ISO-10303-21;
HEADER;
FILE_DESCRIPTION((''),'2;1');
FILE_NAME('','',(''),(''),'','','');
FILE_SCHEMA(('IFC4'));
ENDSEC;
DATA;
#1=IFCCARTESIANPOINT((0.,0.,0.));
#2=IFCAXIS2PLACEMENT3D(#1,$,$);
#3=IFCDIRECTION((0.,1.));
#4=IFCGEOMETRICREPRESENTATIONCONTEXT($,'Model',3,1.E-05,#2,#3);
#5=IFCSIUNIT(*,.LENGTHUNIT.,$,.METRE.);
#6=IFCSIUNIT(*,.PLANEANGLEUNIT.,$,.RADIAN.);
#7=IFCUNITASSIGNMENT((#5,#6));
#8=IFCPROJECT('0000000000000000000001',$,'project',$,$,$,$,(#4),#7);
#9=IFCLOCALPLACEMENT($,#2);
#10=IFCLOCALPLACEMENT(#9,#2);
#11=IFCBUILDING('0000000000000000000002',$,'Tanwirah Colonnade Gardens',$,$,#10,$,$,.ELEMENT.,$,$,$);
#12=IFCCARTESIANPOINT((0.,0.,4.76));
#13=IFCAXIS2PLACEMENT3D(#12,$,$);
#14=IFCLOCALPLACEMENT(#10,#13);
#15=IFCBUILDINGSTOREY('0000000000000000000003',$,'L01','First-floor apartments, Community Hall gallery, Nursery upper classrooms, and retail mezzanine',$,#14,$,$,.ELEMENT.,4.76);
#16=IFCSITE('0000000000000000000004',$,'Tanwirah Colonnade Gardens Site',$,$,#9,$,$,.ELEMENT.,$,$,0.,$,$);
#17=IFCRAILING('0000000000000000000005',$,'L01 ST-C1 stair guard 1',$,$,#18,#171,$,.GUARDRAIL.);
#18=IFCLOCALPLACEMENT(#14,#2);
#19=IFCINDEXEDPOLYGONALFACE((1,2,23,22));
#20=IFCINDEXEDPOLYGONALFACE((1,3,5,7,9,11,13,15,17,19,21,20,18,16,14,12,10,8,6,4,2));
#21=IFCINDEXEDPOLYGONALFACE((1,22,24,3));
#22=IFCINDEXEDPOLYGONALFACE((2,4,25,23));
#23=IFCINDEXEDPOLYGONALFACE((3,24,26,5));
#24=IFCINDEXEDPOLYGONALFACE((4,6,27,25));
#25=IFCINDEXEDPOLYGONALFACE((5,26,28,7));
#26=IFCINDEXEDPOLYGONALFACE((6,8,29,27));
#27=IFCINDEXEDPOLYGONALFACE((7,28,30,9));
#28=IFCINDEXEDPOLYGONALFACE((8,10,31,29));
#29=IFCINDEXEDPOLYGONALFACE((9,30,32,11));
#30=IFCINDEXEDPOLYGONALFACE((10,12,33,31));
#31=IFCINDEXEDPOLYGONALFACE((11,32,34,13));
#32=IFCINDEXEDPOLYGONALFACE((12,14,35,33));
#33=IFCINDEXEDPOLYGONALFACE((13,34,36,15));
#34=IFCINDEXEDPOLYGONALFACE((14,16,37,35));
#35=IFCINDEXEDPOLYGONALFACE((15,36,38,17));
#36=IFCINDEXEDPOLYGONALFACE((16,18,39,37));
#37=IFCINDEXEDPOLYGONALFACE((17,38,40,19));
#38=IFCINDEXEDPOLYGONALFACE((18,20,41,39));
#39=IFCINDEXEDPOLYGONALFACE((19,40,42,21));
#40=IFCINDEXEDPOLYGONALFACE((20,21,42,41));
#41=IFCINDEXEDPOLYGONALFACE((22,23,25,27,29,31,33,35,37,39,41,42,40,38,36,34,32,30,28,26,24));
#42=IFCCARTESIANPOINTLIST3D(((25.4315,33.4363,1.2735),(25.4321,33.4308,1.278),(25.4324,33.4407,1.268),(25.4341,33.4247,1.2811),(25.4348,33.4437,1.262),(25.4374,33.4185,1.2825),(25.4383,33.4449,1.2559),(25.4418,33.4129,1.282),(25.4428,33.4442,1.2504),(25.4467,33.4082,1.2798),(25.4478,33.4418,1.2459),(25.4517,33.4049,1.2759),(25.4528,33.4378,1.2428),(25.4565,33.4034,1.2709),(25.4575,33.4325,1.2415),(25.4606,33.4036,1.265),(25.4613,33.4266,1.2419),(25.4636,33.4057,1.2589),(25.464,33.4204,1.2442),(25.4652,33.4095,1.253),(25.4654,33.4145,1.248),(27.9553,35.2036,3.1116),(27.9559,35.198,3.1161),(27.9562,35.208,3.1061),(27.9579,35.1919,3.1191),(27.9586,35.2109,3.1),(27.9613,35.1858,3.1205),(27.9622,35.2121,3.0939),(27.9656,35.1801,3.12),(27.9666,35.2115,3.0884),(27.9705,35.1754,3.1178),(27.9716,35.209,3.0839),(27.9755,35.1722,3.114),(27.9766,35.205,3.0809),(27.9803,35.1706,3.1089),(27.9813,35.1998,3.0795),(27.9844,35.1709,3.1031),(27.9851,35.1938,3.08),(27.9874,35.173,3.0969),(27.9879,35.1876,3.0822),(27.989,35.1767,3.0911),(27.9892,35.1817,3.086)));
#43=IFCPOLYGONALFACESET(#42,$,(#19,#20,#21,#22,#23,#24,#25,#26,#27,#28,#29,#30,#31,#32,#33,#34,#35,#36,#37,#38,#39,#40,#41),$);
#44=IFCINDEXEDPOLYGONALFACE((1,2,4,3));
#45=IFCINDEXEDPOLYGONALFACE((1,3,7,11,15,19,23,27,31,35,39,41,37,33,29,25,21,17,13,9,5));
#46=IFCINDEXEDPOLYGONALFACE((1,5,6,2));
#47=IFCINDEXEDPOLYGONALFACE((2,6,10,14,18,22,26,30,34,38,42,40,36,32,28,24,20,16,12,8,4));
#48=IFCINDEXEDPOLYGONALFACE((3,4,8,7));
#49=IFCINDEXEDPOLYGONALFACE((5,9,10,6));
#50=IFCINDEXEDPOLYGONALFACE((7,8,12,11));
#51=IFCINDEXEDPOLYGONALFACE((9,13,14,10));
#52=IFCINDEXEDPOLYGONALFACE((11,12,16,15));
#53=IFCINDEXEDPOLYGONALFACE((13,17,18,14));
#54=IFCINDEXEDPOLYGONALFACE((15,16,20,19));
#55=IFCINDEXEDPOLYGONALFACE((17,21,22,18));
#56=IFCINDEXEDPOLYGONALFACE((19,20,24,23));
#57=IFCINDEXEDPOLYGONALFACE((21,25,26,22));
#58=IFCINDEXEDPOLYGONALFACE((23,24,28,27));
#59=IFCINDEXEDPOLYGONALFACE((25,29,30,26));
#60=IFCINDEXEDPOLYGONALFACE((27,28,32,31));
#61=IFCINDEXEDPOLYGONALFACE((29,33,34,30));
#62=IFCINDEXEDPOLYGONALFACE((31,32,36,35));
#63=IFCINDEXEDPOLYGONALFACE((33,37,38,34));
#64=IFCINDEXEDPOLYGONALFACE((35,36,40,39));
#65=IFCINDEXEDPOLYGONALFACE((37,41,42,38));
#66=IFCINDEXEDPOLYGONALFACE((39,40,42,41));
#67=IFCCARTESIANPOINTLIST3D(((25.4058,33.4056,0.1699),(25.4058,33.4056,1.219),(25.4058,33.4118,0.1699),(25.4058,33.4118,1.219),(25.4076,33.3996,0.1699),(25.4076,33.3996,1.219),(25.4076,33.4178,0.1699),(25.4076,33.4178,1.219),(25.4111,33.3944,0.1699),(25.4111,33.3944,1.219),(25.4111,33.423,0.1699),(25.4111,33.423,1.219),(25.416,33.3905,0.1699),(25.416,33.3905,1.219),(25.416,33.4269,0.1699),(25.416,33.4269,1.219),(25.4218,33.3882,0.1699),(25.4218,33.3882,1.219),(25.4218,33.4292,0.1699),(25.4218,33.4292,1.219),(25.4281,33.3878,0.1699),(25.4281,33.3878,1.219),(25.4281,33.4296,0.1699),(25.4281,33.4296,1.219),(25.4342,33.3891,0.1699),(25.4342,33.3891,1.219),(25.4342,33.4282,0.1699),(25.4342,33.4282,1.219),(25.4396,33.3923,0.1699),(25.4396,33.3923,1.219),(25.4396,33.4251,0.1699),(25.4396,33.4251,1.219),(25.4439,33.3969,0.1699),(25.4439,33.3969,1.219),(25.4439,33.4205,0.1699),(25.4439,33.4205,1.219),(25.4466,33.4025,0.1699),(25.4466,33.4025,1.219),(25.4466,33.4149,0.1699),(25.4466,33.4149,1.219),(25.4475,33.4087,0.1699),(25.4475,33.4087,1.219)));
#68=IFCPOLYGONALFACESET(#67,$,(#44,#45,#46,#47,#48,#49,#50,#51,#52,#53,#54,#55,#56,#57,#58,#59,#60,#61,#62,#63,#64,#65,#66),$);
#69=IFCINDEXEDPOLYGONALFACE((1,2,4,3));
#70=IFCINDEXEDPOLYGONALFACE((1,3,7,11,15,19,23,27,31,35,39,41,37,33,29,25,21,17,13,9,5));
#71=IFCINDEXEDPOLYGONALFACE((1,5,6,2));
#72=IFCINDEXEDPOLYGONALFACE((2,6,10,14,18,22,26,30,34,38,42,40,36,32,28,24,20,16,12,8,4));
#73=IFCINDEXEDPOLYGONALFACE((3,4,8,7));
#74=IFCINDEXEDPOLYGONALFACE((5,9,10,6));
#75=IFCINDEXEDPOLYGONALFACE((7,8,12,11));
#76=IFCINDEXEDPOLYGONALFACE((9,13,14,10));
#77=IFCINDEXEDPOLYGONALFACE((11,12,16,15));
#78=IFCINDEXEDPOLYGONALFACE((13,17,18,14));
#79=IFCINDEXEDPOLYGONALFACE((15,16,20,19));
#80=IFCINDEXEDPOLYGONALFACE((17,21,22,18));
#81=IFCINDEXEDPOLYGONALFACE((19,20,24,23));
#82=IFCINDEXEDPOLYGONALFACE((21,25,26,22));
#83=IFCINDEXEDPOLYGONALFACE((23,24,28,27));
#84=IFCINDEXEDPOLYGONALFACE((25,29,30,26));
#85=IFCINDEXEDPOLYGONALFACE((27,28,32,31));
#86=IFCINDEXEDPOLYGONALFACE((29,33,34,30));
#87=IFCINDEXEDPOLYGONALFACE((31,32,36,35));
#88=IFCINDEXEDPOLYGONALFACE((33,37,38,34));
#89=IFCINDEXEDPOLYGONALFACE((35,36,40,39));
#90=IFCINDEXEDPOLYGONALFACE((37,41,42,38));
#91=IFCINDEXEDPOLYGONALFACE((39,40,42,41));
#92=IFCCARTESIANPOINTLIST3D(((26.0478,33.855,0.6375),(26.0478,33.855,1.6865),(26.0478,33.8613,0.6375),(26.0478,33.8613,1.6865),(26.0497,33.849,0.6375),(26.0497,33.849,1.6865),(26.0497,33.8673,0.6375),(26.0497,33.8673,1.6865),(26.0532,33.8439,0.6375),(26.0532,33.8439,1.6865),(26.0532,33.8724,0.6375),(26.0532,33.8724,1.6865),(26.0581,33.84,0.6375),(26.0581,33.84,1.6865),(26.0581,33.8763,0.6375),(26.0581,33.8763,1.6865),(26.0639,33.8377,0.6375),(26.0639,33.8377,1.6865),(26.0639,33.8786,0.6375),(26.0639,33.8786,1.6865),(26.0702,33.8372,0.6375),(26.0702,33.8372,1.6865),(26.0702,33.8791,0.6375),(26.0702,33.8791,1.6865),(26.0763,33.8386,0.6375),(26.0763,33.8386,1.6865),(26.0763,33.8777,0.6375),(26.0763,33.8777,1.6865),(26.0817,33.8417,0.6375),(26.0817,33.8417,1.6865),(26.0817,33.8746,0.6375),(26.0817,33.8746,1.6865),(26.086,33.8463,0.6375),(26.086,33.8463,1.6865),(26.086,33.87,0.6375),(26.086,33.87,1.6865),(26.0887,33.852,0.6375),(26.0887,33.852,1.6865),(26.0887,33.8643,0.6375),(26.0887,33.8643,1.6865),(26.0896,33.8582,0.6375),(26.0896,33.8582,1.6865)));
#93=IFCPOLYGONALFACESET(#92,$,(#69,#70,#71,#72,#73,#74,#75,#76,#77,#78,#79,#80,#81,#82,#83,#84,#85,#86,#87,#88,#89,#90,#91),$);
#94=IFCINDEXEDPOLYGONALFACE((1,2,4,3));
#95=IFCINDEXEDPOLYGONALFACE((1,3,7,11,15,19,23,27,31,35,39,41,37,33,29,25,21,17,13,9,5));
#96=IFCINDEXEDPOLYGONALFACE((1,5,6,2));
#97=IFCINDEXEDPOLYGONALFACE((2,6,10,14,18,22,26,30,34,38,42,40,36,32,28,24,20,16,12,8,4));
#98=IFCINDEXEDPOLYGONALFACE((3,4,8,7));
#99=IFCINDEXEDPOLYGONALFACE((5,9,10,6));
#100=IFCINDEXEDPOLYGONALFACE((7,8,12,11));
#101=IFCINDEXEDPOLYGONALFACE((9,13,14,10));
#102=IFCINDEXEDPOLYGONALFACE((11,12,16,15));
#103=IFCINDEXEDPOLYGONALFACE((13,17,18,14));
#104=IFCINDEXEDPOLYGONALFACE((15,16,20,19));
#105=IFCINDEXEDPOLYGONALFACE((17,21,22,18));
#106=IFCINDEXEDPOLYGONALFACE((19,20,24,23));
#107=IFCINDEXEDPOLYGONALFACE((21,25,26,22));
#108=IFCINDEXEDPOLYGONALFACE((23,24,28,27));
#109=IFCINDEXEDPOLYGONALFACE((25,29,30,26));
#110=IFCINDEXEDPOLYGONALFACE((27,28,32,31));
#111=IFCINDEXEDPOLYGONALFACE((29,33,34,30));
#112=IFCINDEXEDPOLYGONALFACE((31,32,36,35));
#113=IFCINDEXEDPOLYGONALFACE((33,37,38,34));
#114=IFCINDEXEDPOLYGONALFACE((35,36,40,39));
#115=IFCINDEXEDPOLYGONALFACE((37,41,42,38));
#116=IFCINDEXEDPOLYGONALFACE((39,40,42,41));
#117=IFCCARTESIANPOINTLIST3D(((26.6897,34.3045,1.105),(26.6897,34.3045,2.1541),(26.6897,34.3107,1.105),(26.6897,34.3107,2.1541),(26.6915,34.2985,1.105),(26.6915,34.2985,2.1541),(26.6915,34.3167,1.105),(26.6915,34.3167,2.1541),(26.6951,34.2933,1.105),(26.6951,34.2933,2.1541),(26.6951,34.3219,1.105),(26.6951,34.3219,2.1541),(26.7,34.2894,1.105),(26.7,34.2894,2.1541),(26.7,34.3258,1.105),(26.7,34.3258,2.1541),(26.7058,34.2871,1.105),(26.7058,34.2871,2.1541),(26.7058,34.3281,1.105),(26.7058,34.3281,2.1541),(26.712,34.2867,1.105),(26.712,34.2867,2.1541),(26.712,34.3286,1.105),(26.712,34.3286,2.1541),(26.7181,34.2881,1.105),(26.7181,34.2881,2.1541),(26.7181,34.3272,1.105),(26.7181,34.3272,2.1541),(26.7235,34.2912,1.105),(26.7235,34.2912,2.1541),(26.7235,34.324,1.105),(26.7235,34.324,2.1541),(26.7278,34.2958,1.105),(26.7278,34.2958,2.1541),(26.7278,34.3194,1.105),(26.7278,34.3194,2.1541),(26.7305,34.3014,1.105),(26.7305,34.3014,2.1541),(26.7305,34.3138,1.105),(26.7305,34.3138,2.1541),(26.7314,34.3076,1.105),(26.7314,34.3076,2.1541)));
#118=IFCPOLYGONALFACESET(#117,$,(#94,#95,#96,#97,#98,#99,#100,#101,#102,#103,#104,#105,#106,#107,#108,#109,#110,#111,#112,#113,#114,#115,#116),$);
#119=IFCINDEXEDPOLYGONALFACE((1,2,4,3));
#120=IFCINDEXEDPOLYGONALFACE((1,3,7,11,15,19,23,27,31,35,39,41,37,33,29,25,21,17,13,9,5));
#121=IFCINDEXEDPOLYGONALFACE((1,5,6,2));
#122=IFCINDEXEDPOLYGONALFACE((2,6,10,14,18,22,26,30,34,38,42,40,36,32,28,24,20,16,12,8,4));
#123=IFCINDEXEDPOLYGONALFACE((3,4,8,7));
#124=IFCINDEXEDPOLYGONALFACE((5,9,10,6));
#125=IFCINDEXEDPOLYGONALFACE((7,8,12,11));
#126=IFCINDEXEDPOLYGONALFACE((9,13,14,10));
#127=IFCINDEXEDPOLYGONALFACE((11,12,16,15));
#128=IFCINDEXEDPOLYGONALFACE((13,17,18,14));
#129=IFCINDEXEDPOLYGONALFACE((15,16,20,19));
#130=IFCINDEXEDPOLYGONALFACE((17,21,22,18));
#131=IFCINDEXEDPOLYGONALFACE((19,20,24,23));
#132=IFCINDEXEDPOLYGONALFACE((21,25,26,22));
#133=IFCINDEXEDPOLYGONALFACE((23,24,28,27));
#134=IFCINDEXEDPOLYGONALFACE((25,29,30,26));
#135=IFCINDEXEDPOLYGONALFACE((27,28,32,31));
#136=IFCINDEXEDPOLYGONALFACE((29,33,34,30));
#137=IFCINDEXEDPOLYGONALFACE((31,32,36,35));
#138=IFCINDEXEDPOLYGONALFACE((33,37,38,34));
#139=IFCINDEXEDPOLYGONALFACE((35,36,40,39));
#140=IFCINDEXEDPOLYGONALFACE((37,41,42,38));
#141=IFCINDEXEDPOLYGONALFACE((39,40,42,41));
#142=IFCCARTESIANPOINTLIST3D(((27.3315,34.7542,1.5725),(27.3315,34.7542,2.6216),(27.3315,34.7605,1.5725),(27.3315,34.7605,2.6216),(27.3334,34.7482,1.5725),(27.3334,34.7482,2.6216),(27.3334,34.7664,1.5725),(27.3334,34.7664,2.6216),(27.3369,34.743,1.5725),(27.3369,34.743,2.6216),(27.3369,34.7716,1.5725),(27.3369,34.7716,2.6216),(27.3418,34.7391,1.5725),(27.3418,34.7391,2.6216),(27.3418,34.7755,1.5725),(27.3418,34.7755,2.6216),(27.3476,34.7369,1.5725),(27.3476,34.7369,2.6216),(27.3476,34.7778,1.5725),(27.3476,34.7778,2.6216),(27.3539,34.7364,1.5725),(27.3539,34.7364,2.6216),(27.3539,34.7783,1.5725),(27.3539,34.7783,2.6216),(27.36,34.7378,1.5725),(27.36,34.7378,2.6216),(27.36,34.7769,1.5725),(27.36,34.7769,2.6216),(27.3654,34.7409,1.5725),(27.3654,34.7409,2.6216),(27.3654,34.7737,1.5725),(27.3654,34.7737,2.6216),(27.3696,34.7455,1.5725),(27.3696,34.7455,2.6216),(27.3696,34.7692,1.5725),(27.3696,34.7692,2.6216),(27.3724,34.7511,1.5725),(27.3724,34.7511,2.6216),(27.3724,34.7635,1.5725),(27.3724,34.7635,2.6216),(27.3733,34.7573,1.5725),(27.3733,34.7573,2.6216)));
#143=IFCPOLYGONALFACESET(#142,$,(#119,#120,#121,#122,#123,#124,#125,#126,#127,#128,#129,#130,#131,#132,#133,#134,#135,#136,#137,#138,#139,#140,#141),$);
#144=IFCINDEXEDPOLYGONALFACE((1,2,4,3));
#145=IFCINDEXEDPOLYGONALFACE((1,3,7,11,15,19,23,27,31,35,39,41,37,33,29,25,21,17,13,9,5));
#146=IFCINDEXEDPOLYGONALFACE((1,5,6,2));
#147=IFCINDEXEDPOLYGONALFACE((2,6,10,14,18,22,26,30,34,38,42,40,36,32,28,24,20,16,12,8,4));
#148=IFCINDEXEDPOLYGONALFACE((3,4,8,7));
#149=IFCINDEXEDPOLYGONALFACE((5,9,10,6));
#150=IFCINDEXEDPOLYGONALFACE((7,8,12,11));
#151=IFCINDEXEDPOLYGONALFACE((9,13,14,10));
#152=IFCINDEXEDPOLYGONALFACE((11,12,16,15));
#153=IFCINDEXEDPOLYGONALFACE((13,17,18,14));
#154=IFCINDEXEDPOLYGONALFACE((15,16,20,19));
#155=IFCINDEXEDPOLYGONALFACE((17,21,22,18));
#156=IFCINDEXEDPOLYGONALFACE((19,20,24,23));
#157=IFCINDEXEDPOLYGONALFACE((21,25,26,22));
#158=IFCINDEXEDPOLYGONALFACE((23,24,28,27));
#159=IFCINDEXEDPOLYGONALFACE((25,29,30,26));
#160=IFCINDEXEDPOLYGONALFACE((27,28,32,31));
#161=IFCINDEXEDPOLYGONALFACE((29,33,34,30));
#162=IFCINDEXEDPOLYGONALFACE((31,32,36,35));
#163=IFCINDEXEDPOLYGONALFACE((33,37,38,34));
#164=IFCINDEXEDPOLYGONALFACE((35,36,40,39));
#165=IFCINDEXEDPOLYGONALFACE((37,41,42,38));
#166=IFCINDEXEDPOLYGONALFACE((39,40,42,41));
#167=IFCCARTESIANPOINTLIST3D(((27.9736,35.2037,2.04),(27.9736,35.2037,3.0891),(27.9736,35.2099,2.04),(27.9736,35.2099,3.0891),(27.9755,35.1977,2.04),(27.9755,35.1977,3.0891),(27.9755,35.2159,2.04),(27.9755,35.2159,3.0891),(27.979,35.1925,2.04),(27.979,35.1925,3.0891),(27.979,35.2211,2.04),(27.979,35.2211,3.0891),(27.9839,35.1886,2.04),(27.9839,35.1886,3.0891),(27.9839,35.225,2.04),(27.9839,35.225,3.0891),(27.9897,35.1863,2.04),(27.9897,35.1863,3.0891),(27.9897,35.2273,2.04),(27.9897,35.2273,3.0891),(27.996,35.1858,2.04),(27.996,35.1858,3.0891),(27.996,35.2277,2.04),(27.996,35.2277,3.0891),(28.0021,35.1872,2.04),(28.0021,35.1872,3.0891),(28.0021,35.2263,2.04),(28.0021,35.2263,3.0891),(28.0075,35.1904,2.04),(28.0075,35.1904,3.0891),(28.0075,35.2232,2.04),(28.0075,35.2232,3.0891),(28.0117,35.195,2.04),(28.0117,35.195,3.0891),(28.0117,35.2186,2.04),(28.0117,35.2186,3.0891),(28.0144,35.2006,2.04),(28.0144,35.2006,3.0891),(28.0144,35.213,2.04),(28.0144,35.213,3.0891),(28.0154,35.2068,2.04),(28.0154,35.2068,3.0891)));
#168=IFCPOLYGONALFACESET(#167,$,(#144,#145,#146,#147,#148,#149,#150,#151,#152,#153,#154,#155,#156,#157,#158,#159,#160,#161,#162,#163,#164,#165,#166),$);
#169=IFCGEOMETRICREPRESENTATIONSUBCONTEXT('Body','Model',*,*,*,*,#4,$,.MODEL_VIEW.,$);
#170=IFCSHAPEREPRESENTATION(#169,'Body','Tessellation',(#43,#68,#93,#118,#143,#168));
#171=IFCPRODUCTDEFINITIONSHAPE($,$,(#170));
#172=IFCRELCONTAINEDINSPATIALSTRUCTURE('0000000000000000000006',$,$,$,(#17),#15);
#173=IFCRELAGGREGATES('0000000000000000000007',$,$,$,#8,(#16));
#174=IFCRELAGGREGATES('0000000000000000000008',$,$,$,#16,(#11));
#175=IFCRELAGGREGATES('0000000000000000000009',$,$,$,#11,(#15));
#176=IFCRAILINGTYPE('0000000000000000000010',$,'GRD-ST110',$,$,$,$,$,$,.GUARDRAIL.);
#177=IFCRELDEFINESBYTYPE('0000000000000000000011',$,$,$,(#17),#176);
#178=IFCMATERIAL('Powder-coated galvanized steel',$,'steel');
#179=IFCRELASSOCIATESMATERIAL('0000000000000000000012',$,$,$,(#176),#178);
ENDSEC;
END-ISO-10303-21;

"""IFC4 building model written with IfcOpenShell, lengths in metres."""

from ifc_helpers import new_model, si_unit, direction, frame, origin, origin_2d, place, context, subcontext, project, spatial, circle, extrude, material, type_object, element, save


model = new_model("IFC4")

# Units and contexts
model_context = context("Model", 3, precision=1e-05, world=origin(), true_north=direction((0.0, 1.0)))
body_context = subcontext(model_context, "Body", "Model", "MODEL_VIEW")
ifc_project = project(units=[si_unit("LENGTHUNIT", "METRE"), si_unit("PLANEANGLEUNIT", "RADIAN")], contexts=[model_context])

# Site, building, storey
site_placement = place(None, origin())
site = spatial("IfcSite", under=ifc_project, at=site_placement, Name="Tanwirah Colonnade Gardens Site", CompositionType="ELEMENT", RefElevation=0.0)
building_placement = place(site_placement, origin())
building = spatial("IfcBuilding", under=site, at=building_placement, Name="Tanwirah Colonnade Gardens", CompositionType="ELEMENT")
storey_placement = place(building_placement, frame((0.0, 0.0, 4.76)))
storey = spatial("IfcBuildingStorey", under=building, at=storey_placement, Name="L01", Description="First-floor apartments, Community Hall gallery, Nursery upper classrooms, and retail mezzanine", CompositionType="ELEMENT", Elevation=4.76)

# Railing
ifc_material_1 = material(Name="Powder-coated galvanized steel", Category="steel")
railing_type_1 = type_object("IfcRailingType", Name="GRD-ST110", PredefinedType="GUARDRAIL", material=ifc_material_1)
railing_1_placement = place(storey_placement, frame((25.4265, 33.4087, 0.1699)))
element("IfcRailing", 1, at=railing_1_placement, inside=storey, type_object=railing_type_1, Name="L01 ST-C1 stair guard 1", PredefinedType="GUARDRAIL", context=body_context, shape_type="SweptSolid", body=[
    extrude(circle(Radius=0.0239, at=origin_2d()), frame((0.022, 0.0154, 1.092), z_axis=(0.703475, 0.492593, 0.512323), x_axis=(-0.573588, 0.819144, 0.0)), (0.0, 0.0, 1.0), 3.5876),
    extrude(circle(Radius=0.021, at=origin_2d()), origin(), (0.0, 0.0, 1.0), 1.0491),
    extrude(circle(Radius=0.021, at=origin_2d()), frame((0.6421, 0.4495, 0.4675)), (0.0, 0.0, 1.0), 1.0491),
    extrude(circle(Radius=0.021, at=origin_2d()), frame((1.2839, 0.8989, 0.9351)), (0.0, 0.0, 1.0), 1.0491),
    extrude(circle(Radius=0.021, at=origin_2d()), frame((1.9258, 1.3486, 1.4026)), (0.0, 0.0, 1.0), 1.0491),
    extrude(circle(Radius=0.021, at=origin_2d()), frame((2.5679, 1.7981, 1.8701)), (0.0, 0.0, 1.0), 1.0491),
])

save(model, "model.ifc")
